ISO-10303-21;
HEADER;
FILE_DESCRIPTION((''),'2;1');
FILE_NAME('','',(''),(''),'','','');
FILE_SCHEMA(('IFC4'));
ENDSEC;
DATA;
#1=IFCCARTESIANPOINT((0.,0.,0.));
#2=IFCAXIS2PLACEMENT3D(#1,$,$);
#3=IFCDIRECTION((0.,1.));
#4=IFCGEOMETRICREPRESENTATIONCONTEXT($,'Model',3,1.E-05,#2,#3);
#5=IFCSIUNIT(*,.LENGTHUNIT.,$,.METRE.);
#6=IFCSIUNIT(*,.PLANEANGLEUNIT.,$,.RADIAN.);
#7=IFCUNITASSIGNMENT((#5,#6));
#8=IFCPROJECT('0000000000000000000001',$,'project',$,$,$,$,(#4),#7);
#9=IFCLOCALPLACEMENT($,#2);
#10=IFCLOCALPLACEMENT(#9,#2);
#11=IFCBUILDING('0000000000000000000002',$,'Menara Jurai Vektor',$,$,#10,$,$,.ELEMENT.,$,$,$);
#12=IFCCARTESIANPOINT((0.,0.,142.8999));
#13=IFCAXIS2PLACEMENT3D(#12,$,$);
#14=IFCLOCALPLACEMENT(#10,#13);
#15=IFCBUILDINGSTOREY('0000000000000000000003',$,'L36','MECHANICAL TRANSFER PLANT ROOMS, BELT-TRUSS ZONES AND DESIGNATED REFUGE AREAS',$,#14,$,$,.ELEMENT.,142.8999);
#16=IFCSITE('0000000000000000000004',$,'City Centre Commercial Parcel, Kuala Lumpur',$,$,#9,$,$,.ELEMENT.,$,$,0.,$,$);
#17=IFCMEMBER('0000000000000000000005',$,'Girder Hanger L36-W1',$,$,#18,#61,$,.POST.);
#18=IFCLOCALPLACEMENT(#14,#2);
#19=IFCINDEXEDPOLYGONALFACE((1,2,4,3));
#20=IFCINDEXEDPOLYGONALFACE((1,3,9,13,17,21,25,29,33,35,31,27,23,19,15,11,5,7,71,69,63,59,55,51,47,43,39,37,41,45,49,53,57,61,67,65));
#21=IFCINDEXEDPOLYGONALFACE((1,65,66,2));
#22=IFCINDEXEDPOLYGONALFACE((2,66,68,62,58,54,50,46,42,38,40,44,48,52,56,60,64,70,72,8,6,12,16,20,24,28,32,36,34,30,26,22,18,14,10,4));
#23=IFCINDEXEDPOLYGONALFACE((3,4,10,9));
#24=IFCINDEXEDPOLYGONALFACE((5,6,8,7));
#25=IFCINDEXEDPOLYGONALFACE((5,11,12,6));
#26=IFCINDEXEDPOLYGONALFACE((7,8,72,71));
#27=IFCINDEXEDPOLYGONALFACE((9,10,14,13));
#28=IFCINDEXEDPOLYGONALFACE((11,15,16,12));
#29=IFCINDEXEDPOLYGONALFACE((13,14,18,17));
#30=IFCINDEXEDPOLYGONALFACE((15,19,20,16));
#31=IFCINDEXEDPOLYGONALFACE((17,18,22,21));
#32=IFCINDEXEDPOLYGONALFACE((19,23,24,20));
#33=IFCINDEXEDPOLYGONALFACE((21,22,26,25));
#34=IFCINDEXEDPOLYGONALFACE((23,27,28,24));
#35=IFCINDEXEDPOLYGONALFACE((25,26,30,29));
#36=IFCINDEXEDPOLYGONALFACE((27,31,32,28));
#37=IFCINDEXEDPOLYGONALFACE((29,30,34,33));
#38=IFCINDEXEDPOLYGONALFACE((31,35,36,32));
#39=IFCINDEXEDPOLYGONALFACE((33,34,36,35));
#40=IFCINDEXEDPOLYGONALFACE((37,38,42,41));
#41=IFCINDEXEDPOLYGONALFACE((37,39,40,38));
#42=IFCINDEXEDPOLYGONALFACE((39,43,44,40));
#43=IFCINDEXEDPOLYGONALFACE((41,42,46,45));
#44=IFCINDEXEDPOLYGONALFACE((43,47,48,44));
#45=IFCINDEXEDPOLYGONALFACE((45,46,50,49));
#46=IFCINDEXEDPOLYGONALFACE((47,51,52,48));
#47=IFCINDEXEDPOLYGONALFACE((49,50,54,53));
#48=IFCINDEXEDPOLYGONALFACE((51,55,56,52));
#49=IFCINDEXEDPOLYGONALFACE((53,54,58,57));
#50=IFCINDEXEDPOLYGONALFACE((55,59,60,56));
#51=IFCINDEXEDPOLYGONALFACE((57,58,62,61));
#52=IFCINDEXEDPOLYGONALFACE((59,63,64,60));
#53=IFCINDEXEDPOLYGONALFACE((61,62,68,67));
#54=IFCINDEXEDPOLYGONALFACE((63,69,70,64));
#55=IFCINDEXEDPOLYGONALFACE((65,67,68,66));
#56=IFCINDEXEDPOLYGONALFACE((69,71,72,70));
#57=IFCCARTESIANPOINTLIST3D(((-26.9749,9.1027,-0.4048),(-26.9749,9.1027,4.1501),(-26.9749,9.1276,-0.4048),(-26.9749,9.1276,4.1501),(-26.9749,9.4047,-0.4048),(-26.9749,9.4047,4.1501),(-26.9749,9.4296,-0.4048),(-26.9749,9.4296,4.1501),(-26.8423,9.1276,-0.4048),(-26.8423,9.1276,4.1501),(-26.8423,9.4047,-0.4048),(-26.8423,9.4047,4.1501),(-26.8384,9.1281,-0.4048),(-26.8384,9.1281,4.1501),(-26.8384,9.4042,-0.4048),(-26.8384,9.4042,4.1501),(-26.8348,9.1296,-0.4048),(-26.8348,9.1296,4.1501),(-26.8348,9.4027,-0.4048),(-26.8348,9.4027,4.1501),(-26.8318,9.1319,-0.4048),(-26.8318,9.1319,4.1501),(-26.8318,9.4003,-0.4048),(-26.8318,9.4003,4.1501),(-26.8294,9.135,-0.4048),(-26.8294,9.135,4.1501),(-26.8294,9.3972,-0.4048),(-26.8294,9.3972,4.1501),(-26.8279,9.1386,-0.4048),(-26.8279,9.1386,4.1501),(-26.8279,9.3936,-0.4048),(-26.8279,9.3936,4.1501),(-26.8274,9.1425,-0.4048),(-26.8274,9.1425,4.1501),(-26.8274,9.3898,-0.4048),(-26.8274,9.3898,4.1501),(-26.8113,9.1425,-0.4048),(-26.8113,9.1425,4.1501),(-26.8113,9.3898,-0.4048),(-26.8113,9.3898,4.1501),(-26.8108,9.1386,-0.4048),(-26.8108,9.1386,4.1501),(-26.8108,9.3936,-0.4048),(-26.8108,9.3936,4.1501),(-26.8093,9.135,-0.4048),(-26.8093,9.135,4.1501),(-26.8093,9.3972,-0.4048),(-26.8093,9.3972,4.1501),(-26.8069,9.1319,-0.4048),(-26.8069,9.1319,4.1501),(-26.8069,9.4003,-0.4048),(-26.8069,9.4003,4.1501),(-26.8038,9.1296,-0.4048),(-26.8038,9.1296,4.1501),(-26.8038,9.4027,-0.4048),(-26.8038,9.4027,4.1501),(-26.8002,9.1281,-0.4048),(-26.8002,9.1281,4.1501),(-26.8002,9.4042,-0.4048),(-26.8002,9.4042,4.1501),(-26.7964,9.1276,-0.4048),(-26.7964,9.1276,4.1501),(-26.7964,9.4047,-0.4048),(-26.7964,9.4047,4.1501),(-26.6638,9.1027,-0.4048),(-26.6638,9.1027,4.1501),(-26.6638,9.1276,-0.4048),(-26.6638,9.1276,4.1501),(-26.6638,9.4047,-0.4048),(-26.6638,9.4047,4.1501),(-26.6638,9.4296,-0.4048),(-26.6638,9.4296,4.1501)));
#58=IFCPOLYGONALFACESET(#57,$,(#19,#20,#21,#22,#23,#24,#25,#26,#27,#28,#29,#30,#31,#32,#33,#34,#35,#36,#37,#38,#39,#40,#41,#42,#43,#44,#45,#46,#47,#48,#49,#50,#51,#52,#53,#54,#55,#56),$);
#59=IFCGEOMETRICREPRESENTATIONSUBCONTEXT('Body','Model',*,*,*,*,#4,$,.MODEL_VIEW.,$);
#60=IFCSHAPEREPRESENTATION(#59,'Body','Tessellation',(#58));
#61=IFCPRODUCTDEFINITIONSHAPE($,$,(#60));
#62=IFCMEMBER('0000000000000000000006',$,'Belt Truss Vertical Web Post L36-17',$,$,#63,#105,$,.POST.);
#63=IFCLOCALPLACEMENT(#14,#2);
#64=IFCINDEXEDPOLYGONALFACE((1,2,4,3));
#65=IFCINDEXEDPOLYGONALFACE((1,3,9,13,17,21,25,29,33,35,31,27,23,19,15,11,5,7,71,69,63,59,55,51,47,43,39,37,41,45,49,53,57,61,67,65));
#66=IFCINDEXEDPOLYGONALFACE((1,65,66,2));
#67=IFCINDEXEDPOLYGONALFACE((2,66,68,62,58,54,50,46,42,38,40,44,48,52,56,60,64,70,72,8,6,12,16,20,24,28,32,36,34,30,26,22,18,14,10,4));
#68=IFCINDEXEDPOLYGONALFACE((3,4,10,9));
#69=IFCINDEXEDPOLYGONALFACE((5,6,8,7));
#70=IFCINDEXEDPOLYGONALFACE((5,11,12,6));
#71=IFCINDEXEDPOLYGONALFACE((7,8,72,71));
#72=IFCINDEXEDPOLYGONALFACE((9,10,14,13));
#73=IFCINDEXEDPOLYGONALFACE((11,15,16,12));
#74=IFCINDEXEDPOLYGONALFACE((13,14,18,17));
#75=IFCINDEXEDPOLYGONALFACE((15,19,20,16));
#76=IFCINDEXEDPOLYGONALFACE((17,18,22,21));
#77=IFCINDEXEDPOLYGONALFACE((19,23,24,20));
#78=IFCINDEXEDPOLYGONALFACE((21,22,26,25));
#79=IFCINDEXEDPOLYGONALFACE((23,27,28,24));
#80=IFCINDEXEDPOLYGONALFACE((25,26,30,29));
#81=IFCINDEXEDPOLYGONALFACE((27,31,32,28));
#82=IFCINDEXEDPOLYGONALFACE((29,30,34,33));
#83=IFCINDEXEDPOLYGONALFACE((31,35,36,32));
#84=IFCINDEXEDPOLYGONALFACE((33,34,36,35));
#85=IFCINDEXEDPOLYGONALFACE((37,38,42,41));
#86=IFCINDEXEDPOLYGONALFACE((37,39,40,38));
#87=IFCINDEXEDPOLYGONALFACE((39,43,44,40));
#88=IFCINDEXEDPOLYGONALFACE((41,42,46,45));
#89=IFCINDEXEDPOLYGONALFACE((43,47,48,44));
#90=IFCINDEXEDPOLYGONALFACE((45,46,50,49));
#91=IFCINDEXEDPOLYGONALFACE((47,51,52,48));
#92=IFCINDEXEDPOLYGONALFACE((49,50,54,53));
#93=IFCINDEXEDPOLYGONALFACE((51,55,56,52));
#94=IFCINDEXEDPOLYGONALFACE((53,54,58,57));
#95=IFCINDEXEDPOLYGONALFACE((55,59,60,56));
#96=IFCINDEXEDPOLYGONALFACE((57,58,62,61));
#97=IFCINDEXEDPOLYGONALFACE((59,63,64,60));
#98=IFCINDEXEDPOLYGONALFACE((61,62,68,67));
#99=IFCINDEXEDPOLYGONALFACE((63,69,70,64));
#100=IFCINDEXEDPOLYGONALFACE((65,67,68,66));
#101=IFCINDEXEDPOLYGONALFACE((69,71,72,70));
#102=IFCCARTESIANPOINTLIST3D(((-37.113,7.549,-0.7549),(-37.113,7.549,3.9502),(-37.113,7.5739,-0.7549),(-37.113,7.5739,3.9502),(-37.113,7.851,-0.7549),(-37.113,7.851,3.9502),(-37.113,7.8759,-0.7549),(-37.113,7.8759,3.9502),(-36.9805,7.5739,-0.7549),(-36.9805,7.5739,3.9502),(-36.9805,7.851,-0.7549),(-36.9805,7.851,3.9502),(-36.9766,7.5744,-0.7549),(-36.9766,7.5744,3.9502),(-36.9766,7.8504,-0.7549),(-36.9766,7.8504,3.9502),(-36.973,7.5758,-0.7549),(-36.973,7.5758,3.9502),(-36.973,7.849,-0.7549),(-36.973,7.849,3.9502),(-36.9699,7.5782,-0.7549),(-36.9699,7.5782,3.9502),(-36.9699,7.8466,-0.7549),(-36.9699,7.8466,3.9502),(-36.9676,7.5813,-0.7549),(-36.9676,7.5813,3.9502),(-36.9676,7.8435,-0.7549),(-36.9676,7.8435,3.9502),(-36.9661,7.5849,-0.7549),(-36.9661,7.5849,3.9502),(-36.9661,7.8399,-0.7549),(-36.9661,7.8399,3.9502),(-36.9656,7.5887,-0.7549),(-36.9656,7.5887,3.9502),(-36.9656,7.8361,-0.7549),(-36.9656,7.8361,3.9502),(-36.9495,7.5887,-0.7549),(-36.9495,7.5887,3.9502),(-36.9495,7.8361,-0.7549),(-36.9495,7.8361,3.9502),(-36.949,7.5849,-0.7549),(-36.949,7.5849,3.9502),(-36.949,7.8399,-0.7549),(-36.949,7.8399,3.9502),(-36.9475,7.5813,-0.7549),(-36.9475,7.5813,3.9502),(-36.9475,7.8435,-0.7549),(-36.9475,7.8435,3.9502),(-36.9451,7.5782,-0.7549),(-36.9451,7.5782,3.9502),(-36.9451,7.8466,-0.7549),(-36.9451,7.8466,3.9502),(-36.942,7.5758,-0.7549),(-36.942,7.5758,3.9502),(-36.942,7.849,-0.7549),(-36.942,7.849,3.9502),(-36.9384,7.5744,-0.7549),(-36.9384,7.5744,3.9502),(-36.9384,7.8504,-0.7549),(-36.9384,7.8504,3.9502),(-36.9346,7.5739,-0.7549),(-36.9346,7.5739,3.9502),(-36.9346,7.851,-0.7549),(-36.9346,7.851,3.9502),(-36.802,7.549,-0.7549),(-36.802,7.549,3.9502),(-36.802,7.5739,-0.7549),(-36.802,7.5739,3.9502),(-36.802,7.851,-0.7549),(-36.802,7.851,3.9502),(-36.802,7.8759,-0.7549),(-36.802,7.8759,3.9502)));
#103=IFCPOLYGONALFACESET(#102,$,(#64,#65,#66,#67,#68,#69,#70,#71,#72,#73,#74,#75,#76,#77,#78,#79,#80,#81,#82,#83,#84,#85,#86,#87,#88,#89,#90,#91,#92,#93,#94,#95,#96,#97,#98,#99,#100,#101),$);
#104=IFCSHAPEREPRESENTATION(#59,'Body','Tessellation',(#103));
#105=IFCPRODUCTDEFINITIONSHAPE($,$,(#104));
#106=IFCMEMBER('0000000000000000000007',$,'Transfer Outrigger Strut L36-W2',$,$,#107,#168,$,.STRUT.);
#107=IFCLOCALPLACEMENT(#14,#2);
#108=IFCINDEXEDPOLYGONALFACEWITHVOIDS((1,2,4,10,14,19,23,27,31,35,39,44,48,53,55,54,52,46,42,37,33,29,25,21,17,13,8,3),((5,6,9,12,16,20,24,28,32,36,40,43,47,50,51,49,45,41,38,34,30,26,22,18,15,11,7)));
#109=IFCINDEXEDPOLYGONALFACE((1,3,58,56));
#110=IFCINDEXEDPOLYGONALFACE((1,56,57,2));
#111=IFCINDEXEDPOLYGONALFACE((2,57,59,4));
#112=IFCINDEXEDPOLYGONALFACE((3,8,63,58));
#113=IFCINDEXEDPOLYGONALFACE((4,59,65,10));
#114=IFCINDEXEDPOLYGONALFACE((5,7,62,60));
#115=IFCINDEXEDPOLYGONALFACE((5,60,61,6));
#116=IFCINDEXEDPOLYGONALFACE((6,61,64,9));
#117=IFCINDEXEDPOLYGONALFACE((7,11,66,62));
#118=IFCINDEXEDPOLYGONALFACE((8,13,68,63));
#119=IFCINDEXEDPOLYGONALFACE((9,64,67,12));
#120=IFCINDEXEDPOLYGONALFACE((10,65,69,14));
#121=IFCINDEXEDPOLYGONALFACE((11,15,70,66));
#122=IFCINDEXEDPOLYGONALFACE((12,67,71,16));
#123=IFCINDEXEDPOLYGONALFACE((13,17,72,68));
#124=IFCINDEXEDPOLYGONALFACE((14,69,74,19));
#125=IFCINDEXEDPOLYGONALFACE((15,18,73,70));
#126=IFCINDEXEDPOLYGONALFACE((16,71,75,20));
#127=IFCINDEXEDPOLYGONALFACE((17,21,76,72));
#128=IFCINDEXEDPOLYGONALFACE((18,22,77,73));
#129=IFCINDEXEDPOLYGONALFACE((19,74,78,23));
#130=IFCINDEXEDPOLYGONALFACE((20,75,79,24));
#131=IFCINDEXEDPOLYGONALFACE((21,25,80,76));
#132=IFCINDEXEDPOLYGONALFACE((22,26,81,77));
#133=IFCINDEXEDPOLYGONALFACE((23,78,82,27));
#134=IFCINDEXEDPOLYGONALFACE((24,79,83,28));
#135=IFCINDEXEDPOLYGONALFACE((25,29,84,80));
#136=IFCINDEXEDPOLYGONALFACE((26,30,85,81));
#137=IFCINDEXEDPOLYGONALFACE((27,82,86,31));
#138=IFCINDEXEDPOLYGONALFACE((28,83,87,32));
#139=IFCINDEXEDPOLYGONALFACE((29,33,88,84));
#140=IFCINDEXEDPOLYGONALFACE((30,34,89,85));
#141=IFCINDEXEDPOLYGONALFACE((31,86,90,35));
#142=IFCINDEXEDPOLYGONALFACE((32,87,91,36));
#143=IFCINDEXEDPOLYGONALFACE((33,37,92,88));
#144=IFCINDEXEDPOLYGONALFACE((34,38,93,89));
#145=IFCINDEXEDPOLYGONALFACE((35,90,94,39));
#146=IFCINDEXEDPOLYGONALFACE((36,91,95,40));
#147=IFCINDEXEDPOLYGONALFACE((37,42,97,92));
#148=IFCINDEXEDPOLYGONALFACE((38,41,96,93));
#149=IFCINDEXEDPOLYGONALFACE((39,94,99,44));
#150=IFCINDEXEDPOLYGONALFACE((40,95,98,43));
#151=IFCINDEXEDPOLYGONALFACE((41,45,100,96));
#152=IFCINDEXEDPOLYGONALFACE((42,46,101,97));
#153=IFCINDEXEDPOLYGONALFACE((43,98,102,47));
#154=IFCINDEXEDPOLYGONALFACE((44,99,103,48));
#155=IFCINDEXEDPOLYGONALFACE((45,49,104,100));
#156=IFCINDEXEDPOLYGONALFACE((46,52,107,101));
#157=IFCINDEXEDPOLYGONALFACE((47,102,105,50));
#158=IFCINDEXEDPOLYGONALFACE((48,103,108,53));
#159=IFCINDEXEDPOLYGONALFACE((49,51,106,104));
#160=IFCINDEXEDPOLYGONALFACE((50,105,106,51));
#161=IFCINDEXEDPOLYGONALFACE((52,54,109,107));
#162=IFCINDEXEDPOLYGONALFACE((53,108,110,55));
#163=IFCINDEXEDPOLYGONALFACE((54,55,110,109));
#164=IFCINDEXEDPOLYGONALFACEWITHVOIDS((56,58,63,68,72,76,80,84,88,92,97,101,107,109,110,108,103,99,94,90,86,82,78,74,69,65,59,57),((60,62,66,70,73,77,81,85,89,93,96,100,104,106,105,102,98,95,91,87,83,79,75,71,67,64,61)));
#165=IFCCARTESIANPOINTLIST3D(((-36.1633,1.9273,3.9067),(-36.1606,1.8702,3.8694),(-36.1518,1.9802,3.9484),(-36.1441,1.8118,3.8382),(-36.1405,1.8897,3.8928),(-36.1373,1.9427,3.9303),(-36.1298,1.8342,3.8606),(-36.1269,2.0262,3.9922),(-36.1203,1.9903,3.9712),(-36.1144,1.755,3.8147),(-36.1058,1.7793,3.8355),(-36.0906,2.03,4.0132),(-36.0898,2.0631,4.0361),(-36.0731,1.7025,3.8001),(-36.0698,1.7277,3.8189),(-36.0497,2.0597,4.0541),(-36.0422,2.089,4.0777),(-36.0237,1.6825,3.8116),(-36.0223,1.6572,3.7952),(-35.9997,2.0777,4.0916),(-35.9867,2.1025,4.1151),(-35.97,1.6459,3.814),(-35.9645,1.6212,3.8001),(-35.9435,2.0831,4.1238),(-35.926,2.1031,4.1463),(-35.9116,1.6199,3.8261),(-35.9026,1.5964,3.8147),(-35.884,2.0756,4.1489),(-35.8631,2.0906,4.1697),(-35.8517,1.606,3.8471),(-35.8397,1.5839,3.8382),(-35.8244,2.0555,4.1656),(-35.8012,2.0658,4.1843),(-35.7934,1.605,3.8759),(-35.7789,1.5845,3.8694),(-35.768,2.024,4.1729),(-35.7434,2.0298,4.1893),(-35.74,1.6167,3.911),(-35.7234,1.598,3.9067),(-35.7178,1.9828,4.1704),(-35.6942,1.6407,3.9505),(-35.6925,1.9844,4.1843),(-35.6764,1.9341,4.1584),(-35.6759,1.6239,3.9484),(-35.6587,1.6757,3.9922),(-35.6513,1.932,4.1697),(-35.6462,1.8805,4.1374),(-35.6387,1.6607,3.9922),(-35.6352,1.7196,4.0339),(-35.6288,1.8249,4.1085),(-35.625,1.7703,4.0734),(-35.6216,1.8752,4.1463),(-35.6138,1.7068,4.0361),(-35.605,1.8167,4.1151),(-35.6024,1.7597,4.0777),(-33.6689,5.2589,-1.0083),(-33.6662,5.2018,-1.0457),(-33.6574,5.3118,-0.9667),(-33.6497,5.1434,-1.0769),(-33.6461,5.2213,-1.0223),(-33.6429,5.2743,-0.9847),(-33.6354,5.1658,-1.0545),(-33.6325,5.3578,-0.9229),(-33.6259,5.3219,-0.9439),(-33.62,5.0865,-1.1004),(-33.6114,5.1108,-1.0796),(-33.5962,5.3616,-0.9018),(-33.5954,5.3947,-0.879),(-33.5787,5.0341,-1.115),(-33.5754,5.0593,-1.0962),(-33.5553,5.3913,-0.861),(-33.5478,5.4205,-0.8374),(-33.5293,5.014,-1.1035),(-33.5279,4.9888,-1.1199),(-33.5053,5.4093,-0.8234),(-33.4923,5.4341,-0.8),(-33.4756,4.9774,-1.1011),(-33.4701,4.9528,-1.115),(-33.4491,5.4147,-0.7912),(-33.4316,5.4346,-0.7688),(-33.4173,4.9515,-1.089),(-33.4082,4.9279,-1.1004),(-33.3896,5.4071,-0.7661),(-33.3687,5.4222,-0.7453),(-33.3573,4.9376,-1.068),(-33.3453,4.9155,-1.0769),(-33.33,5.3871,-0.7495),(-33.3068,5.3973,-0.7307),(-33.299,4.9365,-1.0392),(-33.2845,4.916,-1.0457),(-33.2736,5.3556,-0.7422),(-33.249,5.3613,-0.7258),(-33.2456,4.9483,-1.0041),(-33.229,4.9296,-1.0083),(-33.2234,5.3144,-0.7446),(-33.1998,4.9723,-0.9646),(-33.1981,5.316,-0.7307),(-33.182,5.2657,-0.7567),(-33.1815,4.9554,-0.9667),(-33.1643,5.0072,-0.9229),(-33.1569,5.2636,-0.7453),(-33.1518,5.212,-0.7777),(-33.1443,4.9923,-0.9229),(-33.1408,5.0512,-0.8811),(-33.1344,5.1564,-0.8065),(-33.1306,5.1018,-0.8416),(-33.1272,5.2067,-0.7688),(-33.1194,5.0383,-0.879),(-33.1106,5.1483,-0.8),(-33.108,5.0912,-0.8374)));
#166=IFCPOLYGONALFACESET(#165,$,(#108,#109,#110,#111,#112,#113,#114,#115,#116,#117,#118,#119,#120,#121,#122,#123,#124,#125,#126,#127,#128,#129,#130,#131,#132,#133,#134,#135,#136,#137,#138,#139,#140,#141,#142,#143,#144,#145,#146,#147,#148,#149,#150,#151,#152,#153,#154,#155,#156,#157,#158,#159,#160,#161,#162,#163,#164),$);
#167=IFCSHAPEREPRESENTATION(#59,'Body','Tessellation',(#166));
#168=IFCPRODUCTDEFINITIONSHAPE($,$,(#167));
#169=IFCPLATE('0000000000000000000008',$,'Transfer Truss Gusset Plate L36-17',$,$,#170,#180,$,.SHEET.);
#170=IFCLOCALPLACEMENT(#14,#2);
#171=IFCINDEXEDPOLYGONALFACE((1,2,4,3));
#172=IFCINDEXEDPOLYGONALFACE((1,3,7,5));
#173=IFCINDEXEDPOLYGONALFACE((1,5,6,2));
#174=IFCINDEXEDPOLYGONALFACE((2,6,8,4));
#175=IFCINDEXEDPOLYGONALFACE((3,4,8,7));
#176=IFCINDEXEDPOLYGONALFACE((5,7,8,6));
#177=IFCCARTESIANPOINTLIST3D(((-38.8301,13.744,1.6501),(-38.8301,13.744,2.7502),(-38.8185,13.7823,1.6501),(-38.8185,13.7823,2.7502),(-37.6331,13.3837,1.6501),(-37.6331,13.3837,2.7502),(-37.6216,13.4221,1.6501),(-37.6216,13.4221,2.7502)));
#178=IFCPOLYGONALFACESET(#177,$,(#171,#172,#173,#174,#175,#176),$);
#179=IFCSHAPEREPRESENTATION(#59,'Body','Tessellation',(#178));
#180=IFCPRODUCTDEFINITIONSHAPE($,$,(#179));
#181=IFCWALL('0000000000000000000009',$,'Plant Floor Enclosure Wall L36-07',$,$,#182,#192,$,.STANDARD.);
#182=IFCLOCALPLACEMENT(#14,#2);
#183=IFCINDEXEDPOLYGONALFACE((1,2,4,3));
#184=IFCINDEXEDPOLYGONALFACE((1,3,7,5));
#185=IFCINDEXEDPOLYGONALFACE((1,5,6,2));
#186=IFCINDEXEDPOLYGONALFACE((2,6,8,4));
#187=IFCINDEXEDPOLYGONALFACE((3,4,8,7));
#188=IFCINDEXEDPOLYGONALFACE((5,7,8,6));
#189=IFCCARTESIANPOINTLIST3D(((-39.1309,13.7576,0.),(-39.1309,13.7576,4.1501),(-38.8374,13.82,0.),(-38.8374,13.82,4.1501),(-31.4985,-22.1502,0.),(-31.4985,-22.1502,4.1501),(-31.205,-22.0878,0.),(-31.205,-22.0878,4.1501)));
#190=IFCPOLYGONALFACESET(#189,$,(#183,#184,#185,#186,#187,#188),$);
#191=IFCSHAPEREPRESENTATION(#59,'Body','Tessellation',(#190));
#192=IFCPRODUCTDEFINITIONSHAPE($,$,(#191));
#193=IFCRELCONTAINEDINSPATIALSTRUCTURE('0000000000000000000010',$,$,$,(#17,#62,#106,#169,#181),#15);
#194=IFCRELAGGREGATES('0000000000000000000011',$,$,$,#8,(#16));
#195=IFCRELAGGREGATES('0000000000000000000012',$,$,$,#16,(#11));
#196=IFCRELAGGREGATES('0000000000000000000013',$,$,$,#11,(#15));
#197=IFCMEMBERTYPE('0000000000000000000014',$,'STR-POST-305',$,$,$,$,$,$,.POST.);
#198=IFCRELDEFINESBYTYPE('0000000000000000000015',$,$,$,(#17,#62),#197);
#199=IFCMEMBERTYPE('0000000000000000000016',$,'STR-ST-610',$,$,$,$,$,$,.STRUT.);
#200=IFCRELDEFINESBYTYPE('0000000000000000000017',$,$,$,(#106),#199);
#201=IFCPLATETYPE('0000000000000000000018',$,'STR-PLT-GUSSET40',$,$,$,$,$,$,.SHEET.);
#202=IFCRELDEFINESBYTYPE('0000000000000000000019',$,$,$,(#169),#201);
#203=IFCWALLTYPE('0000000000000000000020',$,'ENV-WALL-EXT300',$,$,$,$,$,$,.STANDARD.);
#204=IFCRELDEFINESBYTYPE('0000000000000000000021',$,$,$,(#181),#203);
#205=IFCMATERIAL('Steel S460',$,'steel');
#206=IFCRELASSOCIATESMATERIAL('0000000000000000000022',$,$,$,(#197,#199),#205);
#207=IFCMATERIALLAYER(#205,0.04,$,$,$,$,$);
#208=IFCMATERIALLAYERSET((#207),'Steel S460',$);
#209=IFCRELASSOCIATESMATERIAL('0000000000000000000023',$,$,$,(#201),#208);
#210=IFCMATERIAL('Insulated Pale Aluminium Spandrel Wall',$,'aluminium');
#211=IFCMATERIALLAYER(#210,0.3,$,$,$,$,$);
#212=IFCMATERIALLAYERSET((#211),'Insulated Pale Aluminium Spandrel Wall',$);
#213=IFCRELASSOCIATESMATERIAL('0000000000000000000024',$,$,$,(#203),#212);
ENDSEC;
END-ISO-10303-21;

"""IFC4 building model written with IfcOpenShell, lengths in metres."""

from ifc_helpers import new_model, si_unit, direction, frame, frame_2d, origin, origin_2d, place, context, subcontext, project, spatial, rectangle, hollow_circle, i_section, extrude, material, layer, layer_set, material_profile, profile_set, type_object, element, save


model = new_model("IFC4")

# Units and contexts
model_context = context("Model", 3, precision=1e-05, world=origin(), true_north=direction((0.0, 1.0)))
body_context = subcontext(model_context, "Body", "Model", "MODEL_VIEW")
ifc_project = project(units=[si_unit("LENGTHUNIT", "METRE"), si_unit("PLANEANGLEUNIT", "RADIAN")], contexts=[model_context])

# Site, building, storey
site_placement = place(None, origin())
site = spatial("IfcSite", under=ifc_project, at=site_placement, Name="City Centre Commercial Parcel, Kuala Lumpur", CompositionType="ELEMENT", RefElevation=0.0)
building_placement = place(site_placement, origin())
building = spatial("IfcBuilding", under=site, at=building_placement, Name="Menara Jurai Vektor", CompositionType="ELEMENT")
storey_placement = place(building_placement, frame((0.0, 0.0, 142.8999)))
storey = spatial("IfcBuildingStorey", under=building, at=storey_placement, Name="L36", Description="MECHANICAL TRANSFER PLANT ROOMS, BELT-TRUSS ZONES AND DESIGNATED REFUGE AREAS", CompositionType="ELEMENT", Elevation=142.8999)

# Shared definitions
ifc_material_1 = material(Name="Steel S460", Category="steel")

# Members
ifc_material_profile_1 = material_profile(ifc_material_1, i_section(OverallWidth=0.311, OverallDepth=0.3269, WebThickness=0.0161, FlangeThickness=0.0249, FilletRadius=0.0149, at=origin_2d()), Name="UKC 305x305x158")
ifc_profile_set_1 = profile_set([ifc_material_profile_1], Name="Steel S460")
member_type_1 = type_object("IfcMemberType", Name="STR-POST-305", PredefinedType="POST", material=ifc_profile_set_1)
member_1_placement = place(storey_placement, frame((-26.8193, 9.2661, -0.4048), z_axis=(0.0, 0.0, 1.0), x_axis=(1.0, 0.0, 0.0)))
element("IfcMember", 1, at=member_1_placement, inside=storey, type_object=member_type_1, Name="Girder Hanger L36-W1", PredefinedType="POST", context=body_context, shape_type="SweptSolid", body=[
    extrude(i_section(OverallWidth=0.311, OverallDepth=0.3269, WebThickness=0.0161, FlangeThickness=0.0249, FilletRadius=0.0149, at=origin_2d()), origin(), (0.0, 0.0, 1.0), 4.5549),
])
member_2_placement = place(storey_placement, frame((-36.9575, 7.7124, -0.7549), z_axis=(0.0, 0.0, 1.0), x_axis=(1.0, 0.0, 0.0)))
element("IfcMember", 2, at=member_2_placement, inside=storey, type_object=member_type_1, Name="Belt Truss Vertical Web Post L36-17", PredefinedType="POST", context=body_context, shape_type="SweptSolid", body=[
    extrude(i_section(OverallWidth=0.311, OverallDepth=0.3269, WebThickness=0.0161, FlangeThickness=0.0249, FilletRadius=0.0149, at=origin_2d()), origin(), (0.0, 0.0, 1.0), 4.7051),
])
ifc_material_profile_2 = material_profile(ifc_material_1, hollow_circle(Radius=0.3049, WallThickness=0.0249, at=origin_2d()), Name="CHS 610x25")
ifc_profile_set_2 = profile_set([ifc_material_profile_2], Name="Steel S460")
member_type_2 = type_object("IfcMemberType", Name="STR-ST-610", PredefinedType="STRUT", material=ifc_profile_set_2)
member_3_placement = place(storey_placement, frame((-33.3884, 5.175, -0.9229), z_axis=(-0.387303, -0.517288, 0.763158), x_axis=(0.800492, -0.599343, 0.0)))
element("IfcMember", 3, at=member_3_placement, inside=storey, type_object=member_type_2, Name="Transfer Outrigger Strut L36-W2", PredefinedType="STRUT", context=body_context, shape_type="SweptSolid", body=[
    extrude(hollow_circle(Radius=0.3049, WallThickness=0.0249, at=origin_2d()), origin(), (0.0, 0.0, 1.0), 6.4404),
])

# Plate
ifc_layer_1 = layer(ifc_material_1, 0.04)
ifc_layer_set_1 = layer_set([ifc_layer_1], Name="Steel S460")
plate_type = type_object("IfcPlateType", Name="STR-PLT-GUSSET40", PredefinedType="SHEET", material=ifc_layer_set_1)
plate_placement = place(storey_placement, frame((-38.2258, 13.583, 1.6501), z_axis=(0.0, 0.0, 1.0), x_axis=(0.957571, -0.288196, 0.0)))
element("IfcPlate", 4, at=plate_placement, inside=storey, type_object=plate_type, Name="Transfer Truss Gusset Plate L36-17", PredefinedType="SHEET", context=body_context, shape_type="SweptSolid", body=[
    extrude(rectangle(XDim=1.25, YDim=0.04, at=origin_2d()), origin(), (0.0, 0.0, 1.0), 1.1001),
])

# Wall
ifc_material_2 = material(Name="Insulated Pale Aluminium Spandrel Wall", Category="aluminium")
ifc_layer_2 = layer(ifc_material_2, 0.3)
ifc_layer_set_2 = layer_set([ifc_layer_2], Name="Insulated Pale Aluminium Spandrel Wall")
wall_type = type_object("IfcWallType", Name="ENV-WALL-EXT300", PredefinedType="STANDARD", material=ifc_layer_set_2)
wall_placement = place(storey_placement, frame((-38.9841, 13.7888, 0.0), z_axis=(0.0, 0.0, 1.0), x_axis=(0.207909, -0.978148, 0.0)))
element("IfcWall", 5, at=wall_placement, inside=storey, type_object=wall_type, Name="Plant Floor Enclosure Wall L36-07", PredefinedType="STANDARD", context=body_context, shape_type="SweptSolid", body=[
    extrude(rectangle(XDim=36.71, YDim=0.3, at=frame_2d((18.355, 0.0))), origin(), (0.0, 0.0, 1.0), 4.1501),
])

save(model, "model.ifc")
